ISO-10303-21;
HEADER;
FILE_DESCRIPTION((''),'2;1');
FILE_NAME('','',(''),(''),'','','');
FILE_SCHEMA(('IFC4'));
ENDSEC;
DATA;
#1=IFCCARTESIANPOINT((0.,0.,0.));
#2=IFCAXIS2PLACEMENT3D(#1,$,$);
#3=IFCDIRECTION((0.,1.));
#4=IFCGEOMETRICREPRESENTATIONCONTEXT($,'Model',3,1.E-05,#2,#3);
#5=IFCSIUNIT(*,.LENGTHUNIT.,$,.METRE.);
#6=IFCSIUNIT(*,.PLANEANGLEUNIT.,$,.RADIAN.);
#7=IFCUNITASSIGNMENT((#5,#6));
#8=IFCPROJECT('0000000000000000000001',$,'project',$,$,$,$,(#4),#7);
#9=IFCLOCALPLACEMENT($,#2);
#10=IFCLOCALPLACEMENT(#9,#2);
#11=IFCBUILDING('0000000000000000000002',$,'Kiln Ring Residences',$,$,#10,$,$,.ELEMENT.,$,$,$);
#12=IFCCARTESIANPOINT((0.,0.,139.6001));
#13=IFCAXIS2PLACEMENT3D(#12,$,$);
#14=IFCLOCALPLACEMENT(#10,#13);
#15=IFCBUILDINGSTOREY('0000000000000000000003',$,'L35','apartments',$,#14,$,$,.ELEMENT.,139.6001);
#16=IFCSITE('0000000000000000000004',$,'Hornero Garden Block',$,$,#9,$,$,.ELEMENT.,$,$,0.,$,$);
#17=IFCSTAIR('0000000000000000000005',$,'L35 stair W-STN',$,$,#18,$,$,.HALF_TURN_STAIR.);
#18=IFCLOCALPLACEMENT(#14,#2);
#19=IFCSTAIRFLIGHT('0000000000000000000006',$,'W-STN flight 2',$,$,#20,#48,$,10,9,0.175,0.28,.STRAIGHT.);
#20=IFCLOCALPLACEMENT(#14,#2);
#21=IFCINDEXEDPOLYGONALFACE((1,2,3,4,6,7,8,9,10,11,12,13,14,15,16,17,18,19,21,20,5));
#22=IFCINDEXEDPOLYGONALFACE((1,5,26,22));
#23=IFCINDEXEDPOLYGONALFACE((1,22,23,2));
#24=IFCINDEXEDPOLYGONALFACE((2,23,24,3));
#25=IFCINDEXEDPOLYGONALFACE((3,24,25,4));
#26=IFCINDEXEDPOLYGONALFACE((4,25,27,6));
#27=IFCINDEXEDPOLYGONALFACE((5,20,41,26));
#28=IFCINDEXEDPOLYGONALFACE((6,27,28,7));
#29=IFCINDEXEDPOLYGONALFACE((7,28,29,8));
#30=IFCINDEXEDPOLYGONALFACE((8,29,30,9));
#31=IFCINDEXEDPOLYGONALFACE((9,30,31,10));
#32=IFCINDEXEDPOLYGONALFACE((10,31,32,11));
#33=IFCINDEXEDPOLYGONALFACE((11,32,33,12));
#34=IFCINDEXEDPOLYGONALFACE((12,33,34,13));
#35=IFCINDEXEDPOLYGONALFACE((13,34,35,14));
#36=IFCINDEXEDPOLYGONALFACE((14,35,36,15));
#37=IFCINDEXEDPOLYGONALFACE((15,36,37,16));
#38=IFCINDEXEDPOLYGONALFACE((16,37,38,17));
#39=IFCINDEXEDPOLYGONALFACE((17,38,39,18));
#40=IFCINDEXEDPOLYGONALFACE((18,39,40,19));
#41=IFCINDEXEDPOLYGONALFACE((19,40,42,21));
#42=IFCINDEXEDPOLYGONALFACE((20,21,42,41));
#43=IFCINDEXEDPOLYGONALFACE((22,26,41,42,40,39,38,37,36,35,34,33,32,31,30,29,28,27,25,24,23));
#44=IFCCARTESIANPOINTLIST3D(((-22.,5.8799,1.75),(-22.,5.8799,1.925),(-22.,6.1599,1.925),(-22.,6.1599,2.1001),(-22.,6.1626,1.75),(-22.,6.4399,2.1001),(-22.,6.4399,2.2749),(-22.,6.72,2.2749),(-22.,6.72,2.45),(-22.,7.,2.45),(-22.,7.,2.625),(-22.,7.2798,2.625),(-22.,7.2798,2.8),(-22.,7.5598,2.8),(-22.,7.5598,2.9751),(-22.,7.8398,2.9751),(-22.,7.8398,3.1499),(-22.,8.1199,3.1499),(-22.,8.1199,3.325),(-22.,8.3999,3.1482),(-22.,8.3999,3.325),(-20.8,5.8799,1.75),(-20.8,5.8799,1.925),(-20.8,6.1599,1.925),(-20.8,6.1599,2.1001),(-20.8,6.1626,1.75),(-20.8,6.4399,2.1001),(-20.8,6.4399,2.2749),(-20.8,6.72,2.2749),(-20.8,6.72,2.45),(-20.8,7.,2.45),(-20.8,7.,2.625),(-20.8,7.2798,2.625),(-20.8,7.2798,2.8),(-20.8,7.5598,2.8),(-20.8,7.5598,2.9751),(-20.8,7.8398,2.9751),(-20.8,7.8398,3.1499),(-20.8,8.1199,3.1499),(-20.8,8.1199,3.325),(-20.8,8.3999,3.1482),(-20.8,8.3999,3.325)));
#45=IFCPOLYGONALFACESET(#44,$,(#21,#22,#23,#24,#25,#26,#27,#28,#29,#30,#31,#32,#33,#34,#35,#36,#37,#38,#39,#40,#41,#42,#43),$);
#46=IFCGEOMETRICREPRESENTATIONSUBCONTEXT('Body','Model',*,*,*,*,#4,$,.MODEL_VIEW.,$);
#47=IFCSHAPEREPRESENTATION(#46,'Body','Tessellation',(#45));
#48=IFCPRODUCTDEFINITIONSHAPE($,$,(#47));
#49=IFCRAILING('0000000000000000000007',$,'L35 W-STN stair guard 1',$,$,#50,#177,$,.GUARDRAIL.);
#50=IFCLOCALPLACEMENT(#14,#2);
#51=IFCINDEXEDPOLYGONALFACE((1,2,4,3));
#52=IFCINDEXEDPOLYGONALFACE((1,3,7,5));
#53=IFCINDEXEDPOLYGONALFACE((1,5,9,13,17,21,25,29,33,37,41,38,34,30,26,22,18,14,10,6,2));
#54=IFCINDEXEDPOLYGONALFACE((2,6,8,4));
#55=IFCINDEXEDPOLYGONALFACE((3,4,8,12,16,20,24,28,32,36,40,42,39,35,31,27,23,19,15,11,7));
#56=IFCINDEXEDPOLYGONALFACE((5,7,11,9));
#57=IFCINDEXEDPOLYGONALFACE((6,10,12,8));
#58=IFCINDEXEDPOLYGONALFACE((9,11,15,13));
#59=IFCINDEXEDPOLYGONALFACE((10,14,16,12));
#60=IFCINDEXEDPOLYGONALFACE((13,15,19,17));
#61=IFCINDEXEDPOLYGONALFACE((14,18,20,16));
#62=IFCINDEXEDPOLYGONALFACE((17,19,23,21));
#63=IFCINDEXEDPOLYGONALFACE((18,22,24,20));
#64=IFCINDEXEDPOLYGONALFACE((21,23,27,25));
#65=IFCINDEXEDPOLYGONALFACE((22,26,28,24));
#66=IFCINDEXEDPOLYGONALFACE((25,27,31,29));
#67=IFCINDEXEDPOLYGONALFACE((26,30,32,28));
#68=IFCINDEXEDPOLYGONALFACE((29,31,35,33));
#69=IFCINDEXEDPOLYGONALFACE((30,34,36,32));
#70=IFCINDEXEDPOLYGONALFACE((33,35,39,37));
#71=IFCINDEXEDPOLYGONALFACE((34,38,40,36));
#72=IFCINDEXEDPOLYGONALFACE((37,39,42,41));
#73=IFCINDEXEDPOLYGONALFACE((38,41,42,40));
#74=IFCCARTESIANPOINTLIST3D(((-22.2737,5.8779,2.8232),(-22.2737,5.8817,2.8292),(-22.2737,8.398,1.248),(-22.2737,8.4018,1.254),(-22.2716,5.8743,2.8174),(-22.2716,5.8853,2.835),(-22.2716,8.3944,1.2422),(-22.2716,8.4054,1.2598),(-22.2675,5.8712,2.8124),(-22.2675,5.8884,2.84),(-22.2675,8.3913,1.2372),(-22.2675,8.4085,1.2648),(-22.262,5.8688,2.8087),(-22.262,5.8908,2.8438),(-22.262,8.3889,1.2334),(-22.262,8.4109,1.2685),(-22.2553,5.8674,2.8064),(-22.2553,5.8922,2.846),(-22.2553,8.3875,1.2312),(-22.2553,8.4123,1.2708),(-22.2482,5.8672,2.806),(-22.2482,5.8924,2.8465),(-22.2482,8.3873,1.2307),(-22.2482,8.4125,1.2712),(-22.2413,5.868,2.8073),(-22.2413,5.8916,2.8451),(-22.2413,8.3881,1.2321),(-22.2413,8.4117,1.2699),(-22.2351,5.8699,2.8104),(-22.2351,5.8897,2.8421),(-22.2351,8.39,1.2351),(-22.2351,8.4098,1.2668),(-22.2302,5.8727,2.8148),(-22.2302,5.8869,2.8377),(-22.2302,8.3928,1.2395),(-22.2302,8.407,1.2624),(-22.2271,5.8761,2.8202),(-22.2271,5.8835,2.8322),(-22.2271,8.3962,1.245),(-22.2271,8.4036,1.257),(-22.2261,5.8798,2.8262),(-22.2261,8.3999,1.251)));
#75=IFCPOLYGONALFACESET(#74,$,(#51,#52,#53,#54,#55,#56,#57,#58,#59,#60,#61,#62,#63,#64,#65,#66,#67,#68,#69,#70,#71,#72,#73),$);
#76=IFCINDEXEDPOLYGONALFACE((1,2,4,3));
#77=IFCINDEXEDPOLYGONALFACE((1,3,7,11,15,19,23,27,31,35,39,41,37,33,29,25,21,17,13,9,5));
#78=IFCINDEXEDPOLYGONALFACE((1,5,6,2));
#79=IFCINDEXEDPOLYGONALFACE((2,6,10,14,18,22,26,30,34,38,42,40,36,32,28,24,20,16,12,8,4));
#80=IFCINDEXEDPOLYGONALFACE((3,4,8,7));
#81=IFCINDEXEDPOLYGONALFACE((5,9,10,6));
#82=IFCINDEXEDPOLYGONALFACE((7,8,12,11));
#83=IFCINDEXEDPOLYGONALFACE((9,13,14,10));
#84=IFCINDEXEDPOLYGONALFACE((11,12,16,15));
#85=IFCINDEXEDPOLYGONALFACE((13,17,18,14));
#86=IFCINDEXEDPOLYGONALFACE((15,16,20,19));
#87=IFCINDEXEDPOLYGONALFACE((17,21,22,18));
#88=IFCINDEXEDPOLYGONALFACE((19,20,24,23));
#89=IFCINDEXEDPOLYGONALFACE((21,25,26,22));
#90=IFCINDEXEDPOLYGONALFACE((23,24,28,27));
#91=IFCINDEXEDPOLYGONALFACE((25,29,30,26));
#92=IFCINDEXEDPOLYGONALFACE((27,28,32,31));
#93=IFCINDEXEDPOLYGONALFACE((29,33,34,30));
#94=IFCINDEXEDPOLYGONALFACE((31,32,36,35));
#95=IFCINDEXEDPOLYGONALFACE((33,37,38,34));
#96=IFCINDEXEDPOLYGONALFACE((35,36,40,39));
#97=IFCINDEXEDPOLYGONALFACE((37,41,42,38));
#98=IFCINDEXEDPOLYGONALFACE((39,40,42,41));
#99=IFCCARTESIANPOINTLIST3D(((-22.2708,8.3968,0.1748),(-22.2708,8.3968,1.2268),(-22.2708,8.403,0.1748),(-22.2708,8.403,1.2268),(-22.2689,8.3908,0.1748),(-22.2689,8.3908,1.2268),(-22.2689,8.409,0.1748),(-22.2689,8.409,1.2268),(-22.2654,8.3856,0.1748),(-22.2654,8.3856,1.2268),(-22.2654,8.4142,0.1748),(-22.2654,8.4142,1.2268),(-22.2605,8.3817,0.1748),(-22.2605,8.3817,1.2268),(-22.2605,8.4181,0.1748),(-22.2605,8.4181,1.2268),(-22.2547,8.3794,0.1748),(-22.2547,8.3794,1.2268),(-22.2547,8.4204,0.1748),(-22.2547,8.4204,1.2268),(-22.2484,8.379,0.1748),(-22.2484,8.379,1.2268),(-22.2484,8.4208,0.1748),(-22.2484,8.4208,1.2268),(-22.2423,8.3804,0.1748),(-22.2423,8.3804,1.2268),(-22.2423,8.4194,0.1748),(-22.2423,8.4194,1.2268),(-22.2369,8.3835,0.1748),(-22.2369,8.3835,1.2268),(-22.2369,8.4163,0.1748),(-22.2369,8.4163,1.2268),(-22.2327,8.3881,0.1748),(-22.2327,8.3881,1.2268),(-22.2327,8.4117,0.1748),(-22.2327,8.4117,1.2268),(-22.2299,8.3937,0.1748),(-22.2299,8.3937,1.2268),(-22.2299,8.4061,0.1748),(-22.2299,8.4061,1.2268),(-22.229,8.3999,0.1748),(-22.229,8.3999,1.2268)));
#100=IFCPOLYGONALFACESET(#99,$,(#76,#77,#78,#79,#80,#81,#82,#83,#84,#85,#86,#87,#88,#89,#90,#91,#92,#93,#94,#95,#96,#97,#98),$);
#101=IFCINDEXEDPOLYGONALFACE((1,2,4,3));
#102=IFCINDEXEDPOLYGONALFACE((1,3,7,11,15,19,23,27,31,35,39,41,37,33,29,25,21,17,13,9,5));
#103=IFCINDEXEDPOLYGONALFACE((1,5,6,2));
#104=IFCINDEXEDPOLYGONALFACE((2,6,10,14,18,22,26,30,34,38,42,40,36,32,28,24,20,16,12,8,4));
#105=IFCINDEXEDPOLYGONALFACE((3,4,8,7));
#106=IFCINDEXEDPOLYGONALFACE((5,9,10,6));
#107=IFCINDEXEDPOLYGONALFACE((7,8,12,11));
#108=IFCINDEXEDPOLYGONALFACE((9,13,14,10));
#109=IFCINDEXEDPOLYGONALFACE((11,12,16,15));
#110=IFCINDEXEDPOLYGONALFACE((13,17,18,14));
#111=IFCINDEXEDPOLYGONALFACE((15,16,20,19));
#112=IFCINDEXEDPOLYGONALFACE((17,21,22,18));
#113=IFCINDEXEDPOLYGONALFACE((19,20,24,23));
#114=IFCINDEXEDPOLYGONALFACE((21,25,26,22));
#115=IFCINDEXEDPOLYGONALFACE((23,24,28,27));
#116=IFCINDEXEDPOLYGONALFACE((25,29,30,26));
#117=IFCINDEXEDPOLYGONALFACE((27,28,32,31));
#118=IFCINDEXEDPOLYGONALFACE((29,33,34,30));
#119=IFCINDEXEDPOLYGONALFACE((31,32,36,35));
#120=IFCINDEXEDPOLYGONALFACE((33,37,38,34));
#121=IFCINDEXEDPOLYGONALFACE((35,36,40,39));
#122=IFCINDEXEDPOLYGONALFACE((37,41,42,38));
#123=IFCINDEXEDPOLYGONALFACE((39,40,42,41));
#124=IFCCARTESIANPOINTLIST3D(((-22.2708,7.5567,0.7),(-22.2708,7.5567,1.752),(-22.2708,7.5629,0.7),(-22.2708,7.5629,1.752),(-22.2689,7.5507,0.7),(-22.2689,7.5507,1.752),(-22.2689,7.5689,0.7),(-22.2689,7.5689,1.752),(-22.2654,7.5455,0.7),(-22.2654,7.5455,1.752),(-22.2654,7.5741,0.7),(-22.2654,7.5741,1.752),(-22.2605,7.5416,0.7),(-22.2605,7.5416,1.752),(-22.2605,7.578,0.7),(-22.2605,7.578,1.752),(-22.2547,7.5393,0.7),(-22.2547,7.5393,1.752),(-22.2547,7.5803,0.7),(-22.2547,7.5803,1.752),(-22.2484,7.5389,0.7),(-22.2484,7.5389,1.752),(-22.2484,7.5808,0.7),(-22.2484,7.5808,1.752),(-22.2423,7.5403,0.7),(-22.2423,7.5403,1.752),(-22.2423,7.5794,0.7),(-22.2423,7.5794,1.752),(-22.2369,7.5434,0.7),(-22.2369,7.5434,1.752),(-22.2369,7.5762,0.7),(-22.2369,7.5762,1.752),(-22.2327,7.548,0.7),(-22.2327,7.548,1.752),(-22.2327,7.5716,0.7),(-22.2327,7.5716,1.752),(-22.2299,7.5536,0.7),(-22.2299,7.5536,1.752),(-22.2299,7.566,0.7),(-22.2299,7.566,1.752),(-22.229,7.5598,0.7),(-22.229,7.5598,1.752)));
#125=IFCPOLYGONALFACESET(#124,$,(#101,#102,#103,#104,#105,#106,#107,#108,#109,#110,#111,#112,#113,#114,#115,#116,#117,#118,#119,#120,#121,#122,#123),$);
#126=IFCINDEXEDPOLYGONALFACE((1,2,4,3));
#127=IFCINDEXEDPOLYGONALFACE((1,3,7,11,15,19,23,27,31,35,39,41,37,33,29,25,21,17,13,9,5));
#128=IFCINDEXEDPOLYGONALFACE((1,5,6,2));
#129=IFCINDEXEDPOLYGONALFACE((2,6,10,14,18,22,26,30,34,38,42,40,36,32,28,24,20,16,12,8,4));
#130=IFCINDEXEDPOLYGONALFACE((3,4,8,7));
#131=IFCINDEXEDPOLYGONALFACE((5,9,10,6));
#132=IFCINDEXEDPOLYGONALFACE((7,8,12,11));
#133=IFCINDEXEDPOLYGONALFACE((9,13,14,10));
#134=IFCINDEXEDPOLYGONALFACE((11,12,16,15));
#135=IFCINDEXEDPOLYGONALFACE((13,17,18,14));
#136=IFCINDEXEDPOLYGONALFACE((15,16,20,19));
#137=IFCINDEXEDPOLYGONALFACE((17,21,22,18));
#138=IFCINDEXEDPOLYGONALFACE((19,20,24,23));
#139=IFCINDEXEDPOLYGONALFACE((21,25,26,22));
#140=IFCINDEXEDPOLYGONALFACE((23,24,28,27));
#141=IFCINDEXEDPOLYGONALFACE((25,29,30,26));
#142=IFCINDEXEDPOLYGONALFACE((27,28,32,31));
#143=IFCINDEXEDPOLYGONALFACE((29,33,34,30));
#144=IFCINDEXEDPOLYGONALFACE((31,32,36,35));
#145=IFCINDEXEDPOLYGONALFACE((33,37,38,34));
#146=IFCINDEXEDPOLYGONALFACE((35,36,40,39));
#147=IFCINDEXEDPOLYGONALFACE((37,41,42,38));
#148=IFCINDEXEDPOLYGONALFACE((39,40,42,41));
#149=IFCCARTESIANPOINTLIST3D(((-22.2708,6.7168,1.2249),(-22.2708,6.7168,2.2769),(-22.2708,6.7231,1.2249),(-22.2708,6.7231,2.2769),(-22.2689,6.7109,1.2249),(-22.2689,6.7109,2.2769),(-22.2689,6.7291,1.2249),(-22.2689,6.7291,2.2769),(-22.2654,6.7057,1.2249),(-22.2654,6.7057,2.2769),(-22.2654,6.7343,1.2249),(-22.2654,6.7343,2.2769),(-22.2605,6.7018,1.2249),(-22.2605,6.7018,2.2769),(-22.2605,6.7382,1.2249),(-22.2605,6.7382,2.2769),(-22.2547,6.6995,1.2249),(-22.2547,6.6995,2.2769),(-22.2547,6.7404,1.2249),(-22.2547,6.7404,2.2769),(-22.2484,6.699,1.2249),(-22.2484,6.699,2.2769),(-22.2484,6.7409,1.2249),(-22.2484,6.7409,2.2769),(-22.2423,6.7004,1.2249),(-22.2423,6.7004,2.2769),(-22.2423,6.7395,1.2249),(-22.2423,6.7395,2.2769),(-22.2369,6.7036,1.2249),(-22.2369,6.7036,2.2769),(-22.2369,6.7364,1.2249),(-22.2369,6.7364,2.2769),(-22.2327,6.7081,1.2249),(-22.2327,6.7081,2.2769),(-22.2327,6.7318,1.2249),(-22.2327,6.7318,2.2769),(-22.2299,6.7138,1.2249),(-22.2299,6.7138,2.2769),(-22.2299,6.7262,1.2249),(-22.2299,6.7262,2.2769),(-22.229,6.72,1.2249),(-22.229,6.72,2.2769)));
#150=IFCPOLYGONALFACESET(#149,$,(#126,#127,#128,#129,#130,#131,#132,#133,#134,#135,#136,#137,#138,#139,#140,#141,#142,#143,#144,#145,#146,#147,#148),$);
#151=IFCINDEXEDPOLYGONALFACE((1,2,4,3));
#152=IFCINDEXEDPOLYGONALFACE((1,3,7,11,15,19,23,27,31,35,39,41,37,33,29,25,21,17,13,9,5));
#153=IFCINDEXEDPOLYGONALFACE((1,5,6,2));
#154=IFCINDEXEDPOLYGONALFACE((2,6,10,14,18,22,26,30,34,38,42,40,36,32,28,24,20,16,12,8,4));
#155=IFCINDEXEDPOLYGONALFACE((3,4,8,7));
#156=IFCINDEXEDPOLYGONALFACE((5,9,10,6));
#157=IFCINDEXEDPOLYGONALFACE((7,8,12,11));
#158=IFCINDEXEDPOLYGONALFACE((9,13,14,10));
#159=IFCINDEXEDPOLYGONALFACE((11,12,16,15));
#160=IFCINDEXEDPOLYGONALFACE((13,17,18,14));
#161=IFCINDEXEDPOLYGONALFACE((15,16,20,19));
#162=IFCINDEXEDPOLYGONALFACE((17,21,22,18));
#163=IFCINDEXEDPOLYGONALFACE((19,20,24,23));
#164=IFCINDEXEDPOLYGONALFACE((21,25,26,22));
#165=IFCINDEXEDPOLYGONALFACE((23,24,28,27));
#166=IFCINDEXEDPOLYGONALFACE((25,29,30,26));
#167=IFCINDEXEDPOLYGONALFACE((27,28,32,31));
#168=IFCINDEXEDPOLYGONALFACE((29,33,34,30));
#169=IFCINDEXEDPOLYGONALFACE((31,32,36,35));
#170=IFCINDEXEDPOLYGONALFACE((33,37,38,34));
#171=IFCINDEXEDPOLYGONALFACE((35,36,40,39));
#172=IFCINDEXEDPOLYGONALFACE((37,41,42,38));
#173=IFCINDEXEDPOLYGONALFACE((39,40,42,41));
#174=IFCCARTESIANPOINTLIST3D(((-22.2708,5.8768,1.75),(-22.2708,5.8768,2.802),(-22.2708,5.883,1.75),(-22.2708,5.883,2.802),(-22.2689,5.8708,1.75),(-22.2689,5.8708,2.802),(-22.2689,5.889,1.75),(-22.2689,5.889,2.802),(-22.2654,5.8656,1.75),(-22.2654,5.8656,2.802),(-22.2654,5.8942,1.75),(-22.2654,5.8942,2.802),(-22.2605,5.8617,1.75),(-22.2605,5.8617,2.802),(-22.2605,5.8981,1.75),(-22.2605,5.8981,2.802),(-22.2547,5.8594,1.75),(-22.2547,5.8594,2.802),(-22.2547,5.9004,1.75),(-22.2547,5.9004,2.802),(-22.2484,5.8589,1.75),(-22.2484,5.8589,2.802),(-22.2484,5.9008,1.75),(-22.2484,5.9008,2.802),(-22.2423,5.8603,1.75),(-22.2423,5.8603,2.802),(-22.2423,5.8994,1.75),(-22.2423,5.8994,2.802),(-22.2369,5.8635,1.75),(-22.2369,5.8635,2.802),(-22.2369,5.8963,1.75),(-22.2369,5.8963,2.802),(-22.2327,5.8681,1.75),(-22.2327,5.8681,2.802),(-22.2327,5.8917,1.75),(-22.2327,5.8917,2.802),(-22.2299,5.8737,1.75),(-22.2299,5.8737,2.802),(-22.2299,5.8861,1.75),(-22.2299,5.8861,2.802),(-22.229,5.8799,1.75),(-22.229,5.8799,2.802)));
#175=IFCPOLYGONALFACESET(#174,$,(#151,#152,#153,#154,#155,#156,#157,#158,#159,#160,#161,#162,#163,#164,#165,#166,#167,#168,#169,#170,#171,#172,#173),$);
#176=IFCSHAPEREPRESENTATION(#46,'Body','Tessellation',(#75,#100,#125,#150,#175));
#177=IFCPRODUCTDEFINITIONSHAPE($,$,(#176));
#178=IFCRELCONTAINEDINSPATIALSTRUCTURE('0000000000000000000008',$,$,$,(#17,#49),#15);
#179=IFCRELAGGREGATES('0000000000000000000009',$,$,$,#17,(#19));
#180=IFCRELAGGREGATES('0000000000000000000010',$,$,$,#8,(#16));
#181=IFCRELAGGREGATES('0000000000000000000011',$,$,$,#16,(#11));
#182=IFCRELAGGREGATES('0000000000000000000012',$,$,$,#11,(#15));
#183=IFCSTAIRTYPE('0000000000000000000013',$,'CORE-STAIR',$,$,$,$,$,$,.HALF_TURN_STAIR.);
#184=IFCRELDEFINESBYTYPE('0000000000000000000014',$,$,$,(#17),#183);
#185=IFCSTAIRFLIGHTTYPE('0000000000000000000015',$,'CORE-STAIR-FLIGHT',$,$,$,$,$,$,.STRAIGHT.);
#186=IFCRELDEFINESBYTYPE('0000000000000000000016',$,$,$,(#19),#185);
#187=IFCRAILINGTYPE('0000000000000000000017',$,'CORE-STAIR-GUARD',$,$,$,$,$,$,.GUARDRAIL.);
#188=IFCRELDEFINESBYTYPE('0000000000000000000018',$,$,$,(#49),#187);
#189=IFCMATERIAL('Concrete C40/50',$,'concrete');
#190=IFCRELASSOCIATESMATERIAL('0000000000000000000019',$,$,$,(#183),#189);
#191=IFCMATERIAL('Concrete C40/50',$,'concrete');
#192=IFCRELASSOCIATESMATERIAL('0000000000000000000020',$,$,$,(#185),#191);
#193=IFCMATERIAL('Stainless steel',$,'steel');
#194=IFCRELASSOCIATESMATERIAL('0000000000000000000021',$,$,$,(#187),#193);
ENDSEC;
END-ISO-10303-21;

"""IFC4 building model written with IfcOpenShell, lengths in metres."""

from ifc_helpers import new_model, si_unit, direction, frame, origin, origin_2d, place, context, subcontext, project, spatial, polyline, circle, outline, extrude, material, type_object, element, aggregate, save


model = new_model("IFC4")

# Units and contexts
model_context = context("Model", 3, precision=1e-05, world=origin(), true_north=direction((0.0, 1.0)))
body_context = subcontext(model_context, "Body", "Model", "MODEL_VIEW")
ifc_project = project(units=[si_unit("LENGTHUNIT", "METRE"), si_unit("PLANEANGLEUNIT", "RADIAN")], contexts=[model_context])

# Site, building, storey
site_placement = place(None, origin())
site = spatial("IfcSite", under=ifc_project, at=site_placement, Name="Hornero Garden Block", CompositionType="ELEMENT", RefElevation=0.0)
building_placement = place(site_placement, origin())
building = spatial("IfcBuilding", under=site, at=building_placement, Name="Kiln Ring Residences", CompositionType="ELEMENT")
storey_placement = place(building_placement, frame((0.0, 0.0, 139.6001)))
storey = spatial("IfcBuildingStorey", under=building, at=storey_placement, Name="L35", Description="apartments", CompositionType="ELEMENT", Elevation=139.6001)

# Stair, stair flight
ifc_material_1 = material(Name="Concrete C40/50", Category="concrete")
stair_type = type_object("IfcStairType", Name="CORE-STAIR", PredefinedType="HALF_TURN_STAIR", material=ifc_material_1)
stair_placement = place(storey_placement, origin())
stair = element("IfcStair", 1, at=stair_placement, inside=storey, type_object=stair_type, Name="L35 stair W-STN", PredefinedType="HALF_TURN_STAIR")
ifc_material_2 = material(Name="Concrete C40/50", Category="concrete")
stair_flight_type = type_object("IfcStairFlightType", Name="CORE-STAIR-FLIGHT", PredefinedType="STRAIGHT", material=ifc_material_2)
stair_flight_1_placement = place(storey_placement, frame((-21.3999, 5.8799, 1.75), z_axis=(0.0, 0.0, 1.0), x_axis=(0.0, 1.0, 0.0)))
stair_flight_1 = element("IfcStairFlight", 2, at=stair_flight_1_placement, type_object=stair_flight_type, Name="W-STN flight 2", NumberOfRisers=10, NumberOfTreads=9, PredefinedType="STRAIGHT", RiserHeight=0.175, TreadLength=0.28, context=body_context, shape_type="SweptSolid", body=[
    extrude(outline(polyline([(0.0, 0.0), (0.0, 0.175), (0.28, 0.175), (0.28, 0.3501), (0.5601, 0.3501), (0.5601, 0.5249), (0.8401, 0.5249), (0.8401, 0.7), (1.1201, 0.7), (1.1201, 0.875), (1.3999, 0.875), (1.3999, 1.05), (1.6799, 1.05), (1.6799, 1.2251), (1.96, 1.2251), (1.96, 1.3999), (2.24, 1.3999), (2.24, 1.575), (2.52, 1.575), (2.52, 1.75), (2.52, 1.3982), (0.2827, 0.0), (0.0, 0.0)])), frame((0.0, 0.6001, 0.0), z_axis=(0.0, -1.0, 0.0), x_axis=(1.0, 0.0, 0.0)), (0.0, 0.0, 1.0), 1.2),
])
aggregate(stair, [stair_flight_1])

# Railing
ifc_material_3 = material(Name="Stainless steel", Category="steel")
railing_type_1 = type_object("IfcRailingType", Name="CORE-STAIR-GUARD", PredefinedType="GUARDRAIL", material=ifc_material_3)
railing_1_placement = place(storey_placement, frame((-22.25, 8.3999, 0.1748)))
element("IfcRailing", 3, at=railing_1_placement, inside=storey, type_object=railing_type_1, Name="L35 W-STN stair guard 1", PredefinedType="GUARDRAIL", context=body_context, shape_type="SweptSolid", body=[
    extrude(circle(Radius=0.0239, at=origin_2d()), frame((0.0, 0.0, 1.0762), z_axis=(0.0, -0.847971, 0.530043), x_axis=(1.0, 0.0, 0.0)), (0.0, 0.0, 1.0), 2.9719),
    extrude(circle(Radius=0.021, at=origin_2d()), origin(), (0.0, 0.0, 1.0), 1.052),
    extrude(circle(Radius=0.021, at=origin_2d()), frame((0.0, -0.8401, 0.5251)), (0.0, 0.0, 1.0), 1.052),
    extrude(circle(Radius=0.021, at=origin_2d()), frame((0.0, -1.6799, 1.05)), (0.0, 0.0, 1.0), 1.052),
    extrude(circle(Radius=0.021, at=origin_2d()), frame((0.0, -2.52, 1.5752)), (0.0, 0.0, 1.0), 1.052),
])

save(model, "model.ifc")
